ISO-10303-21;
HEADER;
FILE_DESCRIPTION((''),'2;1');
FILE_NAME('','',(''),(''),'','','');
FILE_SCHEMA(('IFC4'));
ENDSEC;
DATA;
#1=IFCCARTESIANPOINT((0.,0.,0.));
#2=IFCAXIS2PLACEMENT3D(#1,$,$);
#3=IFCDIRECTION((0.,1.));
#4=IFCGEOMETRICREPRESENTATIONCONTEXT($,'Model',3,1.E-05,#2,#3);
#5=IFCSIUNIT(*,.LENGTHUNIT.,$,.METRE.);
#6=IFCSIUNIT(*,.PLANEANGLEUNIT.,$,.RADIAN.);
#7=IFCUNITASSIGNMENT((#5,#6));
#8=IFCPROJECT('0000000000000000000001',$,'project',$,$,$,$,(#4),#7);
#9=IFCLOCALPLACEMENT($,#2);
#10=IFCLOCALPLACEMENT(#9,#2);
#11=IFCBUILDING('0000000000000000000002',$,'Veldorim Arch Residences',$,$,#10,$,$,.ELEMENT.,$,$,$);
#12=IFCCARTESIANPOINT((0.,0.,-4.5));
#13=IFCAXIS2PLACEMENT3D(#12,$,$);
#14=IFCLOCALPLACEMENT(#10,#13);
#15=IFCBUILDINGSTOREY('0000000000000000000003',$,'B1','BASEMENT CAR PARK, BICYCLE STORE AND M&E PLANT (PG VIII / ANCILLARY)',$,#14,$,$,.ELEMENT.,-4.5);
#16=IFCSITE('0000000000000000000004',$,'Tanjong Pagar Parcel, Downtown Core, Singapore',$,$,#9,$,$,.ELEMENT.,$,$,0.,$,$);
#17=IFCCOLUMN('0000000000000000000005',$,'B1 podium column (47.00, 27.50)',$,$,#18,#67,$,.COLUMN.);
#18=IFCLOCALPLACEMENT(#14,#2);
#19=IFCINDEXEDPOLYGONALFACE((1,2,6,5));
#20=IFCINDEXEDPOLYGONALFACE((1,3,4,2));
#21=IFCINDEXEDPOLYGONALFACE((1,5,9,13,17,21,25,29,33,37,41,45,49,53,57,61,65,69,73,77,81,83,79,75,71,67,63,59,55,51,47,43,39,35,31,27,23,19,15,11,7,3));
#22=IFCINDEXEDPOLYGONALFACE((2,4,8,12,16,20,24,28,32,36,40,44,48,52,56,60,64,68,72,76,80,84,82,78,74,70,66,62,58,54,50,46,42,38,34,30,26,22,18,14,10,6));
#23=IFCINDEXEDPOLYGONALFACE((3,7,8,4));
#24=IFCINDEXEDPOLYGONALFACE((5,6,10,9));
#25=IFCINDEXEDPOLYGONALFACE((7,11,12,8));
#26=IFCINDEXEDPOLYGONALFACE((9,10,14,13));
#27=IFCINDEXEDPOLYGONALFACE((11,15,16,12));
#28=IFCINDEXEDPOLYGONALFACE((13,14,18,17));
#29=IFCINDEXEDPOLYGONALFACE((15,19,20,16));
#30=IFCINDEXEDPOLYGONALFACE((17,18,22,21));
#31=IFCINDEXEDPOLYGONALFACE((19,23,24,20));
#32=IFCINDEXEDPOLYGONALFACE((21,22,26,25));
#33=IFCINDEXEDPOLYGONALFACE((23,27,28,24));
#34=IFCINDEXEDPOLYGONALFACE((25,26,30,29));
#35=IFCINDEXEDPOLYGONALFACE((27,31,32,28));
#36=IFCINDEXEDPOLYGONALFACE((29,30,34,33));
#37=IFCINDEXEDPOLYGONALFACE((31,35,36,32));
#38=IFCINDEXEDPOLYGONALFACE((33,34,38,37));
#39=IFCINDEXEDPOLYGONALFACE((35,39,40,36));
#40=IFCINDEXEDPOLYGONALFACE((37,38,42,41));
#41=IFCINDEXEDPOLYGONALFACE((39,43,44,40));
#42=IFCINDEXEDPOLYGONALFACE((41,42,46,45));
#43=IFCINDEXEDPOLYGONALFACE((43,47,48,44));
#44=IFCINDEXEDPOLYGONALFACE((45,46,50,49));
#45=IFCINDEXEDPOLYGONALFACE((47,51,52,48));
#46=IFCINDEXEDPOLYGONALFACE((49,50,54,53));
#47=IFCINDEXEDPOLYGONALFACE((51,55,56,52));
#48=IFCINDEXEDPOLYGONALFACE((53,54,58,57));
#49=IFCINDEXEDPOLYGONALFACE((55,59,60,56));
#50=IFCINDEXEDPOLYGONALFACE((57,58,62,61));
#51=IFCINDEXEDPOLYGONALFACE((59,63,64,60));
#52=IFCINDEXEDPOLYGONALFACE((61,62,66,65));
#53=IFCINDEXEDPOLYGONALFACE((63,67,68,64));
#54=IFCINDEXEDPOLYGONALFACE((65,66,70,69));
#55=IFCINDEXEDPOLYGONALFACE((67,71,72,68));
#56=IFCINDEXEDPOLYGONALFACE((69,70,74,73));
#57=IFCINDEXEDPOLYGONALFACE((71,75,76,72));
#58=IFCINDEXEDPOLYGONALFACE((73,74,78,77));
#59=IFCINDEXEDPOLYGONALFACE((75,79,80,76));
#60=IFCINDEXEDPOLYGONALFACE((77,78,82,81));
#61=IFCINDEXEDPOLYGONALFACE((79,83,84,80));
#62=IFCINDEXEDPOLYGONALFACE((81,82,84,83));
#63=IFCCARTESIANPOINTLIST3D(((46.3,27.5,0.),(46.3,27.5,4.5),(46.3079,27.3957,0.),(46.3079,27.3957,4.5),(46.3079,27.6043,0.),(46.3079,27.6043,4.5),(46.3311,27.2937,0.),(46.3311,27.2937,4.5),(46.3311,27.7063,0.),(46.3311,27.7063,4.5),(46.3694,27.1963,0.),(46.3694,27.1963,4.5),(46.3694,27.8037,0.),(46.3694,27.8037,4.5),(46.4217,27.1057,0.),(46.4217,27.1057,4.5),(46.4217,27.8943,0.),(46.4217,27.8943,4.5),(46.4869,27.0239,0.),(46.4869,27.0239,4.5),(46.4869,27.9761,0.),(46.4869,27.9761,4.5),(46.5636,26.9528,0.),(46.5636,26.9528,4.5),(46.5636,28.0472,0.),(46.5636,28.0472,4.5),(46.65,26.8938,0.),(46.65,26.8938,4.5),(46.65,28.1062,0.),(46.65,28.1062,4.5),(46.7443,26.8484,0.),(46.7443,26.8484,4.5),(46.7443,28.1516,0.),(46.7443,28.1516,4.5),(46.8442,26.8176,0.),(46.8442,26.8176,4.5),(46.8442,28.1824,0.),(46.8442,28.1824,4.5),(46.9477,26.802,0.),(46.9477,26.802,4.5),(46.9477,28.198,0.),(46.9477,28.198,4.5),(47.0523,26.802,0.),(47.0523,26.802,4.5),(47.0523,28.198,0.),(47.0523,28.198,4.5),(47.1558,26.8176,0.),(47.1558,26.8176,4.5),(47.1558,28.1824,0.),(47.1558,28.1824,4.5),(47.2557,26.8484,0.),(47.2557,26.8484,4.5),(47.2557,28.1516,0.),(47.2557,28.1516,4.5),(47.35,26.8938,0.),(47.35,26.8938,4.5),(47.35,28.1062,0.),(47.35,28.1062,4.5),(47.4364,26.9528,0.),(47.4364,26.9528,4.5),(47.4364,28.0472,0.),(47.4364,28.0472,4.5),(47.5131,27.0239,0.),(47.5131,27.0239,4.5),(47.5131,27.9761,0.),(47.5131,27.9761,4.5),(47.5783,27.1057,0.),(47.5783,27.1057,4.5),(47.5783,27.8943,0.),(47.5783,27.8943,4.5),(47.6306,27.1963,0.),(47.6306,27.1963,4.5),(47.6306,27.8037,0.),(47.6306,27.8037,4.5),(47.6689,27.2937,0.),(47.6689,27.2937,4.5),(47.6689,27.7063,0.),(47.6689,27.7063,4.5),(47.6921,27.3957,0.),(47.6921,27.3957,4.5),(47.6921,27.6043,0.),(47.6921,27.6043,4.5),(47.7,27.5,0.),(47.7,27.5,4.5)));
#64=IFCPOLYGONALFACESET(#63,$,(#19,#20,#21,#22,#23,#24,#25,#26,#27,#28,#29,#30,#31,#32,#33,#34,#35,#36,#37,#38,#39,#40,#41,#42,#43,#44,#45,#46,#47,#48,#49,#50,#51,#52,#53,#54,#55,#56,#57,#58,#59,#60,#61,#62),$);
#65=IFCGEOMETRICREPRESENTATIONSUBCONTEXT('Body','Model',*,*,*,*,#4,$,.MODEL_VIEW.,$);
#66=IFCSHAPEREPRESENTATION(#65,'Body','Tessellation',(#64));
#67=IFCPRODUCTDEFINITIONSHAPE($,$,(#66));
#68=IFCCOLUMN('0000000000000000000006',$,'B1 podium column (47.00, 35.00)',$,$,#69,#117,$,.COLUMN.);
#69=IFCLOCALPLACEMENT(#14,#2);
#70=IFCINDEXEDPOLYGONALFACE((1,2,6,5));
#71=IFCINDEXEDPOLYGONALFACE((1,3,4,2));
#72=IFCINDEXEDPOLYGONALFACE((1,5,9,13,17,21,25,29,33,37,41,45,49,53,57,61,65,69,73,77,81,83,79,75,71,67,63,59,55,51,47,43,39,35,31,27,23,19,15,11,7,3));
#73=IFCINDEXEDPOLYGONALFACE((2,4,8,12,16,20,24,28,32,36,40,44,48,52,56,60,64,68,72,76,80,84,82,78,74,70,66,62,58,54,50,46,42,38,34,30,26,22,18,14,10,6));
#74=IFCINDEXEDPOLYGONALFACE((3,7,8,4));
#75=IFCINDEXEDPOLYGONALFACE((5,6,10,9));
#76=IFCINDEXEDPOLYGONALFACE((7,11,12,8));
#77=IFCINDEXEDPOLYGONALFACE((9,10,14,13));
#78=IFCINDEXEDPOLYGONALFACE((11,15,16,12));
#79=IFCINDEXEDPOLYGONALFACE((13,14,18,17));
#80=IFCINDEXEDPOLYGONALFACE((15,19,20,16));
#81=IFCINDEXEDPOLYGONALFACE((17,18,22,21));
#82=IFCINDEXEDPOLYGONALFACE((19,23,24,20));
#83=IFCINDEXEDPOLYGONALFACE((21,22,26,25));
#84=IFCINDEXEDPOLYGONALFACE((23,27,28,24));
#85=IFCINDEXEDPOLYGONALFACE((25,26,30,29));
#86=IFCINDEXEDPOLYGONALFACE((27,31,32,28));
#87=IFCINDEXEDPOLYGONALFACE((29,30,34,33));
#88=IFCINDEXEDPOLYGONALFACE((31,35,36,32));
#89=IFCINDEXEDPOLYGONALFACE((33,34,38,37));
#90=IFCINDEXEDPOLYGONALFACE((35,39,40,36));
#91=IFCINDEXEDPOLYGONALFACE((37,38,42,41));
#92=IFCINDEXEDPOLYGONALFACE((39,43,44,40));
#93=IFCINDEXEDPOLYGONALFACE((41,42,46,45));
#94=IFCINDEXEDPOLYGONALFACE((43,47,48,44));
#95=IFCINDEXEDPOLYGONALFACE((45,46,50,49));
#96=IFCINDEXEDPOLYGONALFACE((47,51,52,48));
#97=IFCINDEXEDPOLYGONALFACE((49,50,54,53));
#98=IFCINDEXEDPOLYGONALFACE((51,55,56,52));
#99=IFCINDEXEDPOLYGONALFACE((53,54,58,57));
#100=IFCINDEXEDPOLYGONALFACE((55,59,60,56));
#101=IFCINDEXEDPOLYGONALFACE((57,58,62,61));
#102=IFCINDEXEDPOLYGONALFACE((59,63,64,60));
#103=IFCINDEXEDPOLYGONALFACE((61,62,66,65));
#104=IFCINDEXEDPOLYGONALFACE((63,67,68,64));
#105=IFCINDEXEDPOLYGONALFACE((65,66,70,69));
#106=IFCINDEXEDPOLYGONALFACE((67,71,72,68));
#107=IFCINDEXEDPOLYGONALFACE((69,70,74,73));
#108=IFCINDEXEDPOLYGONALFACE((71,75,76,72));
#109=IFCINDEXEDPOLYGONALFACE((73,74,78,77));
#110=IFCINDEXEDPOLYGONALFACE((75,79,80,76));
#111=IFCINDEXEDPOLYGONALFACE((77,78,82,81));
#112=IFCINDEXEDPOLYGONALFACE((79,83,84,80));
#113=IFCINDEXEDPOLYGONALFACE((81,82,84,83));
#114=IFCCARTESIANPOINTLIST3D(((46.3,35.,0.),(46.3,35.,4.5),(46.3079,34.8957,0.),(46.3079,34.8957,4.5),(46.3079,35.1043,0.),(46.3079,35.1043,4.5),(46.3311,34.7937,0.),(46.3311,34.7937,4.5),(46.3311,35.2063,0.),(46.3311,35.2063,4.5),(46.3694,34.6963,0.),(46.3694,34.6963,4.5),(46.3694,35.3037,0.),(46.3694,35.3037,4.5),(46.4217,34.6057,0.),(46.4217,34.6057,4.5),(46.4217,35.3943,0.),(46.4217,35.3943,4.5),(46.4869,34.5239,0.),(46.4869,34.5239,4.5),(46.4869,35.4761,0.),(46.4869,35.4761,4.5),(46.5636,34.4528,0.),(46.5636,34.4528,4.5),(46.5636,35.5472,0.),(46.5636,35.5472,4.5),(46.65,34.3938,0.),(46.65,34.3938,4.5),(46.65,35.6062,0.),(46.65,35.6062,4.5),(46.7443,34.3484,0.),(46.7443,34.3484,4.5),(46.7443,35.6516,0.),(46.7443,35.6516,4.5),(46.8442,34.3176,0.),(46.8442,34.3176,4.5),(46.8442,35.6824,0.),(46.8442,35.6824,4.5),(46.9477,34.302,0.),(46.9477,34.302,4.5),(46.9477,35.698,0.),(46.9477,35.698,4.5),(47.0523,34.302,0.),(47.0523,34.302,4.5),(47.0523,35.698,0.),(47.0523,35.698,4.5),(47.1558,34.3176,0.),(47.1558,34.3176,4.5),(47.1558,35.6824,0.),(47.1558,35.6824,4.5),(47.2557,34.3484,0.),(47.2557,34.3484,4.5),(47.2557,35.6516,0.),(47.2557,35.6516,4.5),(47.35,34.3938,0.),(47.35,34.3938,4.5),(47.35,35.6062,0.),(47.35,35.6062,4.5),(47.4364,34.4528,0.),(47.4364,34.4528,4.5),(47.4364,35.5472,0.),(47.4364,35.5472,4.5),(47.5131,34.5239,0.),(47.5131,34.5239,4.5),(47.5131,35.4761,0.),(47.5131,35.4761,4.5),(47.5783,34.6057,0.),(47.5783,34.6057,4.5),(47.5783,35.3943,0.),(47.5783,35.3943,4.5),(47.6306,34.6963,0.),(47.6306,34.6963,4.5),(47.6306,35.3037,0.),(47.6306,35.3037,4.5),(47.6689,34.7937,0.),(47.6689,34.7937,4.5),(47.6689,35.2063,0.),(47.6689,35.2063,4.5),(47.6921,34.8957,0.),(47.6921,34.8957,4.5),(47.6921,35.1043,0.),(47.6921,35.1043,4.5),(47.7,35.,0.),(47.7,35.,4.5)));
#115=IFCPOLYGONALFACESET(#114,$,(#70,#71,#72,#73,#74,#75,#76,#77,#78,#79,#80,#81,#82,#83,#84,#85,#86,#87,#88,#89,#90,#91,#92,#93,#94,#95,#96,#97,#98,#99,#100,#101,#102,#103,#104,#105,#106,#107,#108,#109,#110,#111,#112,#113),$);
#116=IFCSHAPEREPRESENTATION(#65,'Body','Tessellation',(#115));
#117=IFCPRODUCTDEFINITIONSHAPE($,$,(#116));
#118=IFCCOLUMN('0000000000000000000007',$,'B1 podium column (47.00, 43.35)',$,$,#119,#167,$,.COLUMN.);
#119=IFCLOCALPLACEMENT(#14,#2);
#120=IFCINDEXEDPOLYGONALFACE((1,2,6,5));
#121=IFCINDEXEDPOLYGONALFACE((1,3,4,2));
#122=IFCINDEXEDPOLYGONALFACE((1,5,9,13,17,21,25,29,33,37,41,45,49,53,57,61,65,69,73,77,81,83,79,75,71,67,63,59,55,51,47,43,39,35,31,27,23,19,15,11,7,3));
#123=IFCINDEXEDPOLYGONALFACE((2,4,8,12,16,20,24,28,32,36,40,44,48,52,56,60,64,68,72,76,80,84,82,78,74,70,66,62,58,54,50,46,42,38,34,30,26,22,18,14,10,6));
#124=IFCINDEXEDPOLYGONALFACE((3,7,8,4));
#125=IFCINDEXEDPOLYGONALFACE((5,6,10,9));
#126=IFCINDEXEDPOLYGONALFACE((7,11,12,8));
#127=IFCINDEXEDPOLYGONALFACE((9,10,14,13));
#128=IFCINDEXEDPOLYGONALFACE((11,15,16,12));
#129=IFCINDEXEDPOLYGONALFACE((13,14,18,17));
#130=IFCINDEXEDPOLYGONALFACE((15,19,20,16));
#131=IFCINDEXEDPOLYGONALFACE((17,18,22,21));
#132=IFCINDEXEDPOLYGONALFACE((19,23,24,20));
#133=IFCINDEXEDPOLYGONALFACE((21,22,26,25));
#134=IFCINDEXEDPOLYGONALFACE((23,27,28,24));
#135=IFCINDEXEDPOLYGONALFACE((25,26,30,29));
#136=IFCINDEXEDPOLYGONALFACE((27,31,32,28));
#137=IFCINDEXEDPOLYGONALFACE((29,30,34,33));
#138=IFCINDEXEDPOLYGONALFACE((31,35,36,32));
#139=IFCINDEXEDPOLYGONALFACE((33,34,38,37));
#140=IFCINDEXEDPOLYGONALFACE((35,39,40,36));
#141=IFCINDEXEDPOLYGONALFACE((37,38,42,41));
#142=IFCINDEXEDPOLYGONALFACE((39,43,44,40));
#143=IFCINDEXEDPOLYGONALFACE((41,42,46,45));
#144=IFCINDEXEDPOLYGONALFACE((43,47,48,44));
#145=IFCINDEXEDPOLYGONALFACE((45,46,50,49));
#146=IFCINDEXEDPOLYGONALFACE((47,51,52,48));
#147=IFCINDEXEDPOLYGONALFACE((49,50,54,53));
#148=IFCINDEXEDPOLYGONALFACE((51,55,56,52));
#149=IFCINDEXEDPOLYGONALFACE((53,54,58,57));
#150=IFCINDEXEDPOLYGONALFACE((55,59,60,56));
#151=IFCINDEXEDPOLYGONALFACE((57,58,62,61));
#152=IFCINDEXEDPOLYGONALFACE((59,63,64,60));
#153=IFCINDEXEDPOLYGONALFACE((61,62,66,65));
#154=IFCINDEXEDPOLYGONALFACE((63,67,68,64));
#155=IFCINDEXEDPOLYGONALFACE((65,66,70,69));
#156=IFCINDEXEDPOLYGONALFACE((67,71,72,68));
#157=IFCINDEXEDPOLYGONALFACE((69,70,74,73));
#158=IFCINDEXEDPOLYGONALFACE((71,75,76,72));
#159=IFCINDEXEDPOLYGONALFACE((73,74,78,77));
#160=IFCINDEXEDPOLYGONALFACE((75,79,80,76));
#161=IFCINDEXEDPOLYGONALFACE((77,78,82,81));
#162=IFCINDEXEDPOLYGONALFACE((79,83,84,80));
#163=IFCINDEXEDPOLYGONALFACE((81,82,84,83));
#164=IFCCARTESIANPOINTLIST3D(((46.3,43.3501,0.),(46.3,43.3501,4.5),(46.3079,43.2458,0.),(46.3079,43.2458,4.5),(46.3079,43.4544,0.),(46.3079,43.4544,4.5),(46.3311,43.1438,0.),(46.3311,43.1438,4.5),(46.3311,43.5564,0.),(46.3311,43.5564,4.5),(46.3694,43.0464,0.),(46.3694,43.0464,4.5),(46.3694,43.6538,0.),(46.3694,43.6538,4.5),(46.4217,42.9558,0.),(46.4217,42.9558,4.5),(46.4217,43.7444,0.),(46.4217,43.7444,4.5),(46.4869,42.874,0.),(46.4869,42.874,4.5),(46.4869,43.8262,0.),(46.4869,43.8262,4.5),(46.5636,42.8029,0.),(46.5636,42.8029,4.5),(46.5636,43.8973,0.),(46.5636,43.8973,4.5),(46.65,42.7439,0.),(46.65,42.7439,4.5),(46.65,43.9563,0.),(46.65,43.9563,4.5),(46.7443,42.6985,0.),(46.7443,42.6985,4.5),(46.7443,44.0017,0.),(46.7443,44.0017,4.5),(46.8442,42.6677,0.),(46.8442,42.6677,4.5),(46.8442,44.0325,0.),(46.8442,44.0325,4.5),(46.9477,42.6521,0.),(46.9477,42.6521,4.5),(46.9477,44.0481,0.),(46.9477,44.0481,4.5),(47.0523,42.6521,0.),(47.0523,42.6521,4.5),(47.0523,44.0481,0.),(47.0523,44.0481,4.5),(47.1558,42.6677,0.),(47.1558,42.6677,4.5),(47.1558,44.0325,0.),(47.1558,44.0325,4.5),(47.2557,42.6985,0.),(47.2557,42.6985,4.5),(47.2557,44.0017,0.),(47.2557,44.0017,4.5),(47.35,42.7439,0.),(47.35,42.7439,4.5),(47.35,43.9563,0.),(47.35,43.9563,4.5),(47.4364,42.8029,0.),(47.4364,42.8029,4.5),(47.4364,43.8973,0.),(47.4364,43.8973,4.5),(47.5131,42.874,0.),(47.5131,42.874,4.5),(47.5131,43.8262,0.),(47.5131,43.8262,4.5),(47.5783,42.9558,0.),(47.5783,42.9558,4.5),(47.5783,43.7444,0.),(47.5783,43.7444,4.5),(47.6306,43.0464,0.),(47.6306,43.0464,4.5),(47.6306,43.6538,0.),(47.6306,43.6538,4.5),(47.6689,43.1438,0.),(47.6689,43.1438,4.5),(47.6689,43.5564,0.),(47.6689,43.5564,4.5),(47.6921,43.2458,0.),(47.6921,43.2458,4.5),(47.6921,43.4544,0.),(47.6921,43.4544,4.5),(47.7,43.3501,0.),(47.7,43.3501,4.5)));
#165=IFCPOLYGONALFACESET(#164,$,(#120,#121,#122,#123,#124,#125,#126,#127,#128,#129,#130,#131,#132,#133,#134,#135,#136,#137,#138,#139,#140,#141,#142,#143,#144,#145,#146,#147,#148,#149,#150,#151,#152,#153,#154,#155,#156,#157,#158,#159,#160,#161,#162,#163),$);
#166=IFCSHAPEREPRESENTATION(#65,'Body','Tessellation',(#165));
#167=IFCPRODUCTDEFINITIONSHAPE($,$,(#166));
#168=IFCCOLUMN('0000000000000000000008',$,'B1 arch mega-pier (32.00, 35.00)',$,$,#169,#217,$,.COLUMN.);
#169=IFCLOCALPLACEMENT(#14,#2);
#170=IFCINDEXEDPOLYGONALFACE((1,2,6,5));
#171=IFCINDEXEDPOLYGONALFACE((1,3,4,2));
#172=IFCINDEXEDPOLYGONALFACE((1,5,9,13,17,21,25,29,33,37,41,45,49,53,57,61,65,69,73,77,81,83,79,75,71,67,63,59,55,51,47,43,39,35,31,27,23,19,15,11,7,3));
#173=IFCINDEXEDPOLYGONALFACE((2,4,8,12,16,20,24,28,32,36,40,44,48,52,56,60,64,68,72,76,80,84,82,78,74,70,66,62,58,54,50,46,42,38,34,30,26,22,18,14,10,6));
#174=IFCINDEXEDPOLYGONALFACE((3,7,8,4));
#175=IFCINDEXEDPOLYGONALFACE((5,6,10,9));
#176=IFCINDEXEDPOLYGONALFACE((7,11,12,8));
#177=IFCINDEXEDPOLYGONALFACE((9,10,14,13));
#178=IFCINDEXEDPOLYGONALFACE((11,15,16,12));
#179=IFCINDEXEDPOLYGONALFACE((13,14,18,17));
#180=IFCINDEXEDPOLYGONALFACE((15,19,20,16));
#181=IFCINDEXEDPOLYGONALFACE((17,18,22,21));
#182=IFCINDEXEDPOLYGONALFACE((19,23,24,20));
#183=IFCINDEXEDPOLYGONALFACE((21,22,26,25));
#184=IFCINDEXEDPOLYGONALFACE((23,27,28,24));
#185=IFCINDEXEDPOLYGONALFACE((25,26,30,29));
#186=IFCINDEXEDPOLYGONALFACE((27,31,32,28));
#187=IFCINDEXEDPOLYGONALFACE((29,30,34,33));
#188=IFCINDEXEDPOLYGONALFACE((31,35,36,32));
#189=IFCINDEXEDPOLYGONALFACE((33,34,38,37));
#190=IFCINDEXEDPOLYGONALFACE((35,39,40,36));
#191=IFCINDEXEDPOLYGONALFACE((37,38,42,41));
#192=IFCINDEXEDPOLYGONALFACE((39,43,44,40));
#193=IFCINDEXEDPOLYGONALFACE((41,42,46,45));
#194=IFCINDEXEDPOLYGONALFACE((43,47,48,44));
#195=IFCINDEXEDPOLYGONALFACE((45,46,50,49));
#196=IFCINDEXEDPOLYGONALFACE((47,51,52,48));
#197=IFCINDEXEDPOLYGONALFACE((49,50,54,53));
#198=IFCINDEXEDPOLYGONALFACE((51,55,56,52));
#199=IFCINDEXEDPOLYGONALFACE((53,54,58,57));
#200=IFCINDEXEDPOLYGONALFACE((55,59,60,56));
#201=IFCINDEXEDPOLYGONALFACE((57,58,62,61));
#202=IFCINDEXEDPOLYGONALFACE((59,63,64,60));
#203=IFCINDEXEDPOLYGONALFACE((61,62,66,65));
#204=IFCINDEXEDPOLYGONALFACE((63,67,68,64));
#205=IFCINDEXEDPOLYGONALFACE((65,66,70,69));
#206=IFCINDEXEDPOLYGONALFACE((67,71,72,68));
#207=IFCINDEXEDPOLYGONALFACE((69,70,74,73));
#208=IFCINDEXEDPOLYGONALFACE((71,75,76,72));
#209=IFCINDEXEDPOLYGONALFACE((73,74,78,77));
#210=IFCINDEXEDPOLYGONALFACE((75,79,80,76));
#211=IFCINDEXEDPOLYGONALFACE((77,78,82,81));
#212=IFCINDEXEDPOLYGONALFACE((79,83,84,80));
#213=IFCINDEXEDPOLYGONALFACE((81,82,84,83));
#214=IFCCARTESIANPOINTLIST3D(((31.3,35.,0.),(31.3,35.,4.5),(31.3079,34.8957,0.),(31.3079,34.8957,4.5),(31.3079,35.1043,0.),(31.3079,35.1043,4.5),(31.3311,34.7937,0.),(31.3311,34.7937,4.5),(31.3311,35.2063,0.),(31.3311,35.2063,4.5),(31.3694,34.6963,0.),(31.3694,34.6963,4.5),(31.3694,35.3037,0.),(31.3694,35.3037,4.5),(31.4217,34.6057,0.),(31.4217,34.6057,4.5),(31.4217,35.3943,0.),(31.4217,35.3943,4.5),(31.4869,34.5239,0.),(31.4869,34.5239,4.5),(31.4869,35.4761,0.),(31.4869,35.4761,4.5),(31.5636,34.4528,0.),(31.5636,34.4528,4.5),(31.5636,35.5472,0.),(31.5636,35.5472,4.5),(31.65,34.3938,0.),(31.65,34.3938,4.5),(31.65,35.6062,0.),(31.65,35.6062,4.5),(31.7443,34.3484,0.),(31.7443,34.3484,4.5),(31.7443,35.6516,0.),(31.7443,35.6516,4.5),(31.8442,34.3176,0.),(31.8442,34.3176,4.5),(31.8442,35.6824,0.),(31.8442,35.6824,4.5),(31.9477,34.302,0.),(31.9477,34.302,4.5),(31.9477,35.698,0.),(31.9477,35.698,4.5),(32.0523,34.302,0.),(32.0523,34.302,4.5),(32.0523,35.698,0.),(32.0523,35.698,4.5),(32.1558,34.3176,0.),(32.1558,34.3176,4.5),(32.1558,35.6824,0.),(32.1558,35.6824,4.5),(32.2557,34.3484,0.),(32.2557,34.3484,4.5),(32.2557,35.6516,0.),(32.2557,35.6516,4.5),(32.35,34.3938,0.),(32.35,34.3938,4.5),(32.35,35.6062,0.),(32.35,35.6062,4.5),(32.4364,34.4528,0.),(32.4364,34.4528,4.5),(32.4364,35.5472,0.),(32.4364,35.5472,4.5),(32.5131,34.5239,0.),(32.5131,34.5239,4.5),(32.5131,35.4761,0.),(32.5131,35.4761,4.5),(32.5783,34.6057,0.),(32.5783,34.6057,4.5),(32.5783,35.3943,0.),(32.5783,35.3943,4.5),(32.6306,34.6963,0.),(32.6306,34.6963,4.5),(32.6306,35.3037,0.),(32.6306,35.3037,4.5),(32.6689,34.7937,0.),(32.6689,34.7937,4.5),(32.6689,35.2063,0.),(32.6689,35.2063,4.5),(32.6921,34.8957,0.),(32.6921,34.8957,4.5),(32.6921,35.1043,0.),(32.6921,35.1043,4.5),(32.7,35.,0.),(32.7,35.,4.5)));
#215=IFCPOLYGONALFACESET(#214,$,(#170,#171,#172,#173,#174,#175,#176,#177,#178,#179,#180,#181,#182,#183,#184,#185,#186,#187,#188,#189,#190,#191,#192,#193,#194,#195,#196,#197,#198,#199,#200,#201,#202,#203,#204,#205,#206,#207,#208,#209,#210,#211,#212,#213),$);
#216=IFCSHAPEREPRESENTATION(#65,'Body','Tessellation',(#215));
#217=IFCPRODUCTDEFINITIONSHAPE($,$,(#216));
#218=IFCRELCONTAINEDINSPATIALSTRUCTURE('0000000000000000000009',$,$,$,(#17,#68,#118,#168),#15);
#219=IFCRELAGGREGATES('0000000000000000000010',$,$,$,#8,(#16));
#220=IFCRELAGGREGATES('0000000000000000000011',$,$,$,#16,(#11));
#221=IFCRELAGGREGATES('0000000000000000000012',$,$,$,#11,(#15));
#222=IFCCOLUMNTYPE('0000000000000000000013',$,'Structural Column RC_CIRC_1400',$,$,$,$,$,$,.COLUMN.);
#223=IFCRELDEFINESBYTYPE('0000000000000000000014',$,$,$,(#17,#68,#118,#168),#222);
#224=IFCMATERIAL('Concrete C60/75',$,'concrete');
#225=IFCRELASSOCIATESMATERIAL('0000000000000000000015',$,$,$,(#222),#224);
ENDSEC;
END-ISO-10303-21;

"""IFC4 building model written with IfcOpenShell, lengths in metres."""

from ifc_helpers import new_model, si_unit, direction, frame, origin, origin_2d, place, context, subcontext, project, spatial, circle, extrude, material, material_profile, profile_set, type_object, element, save


model = new_model("IFC4")

# Units and contexts
model_context = context("Model", 3, precision=1e-05, world=origin(), true_north=direction((0.0, 1.0)))
body_context = subcontext(model_context, "Body", "Model", "MODEL_VIEW")
ifc_project = project(units=[si_unit("LENGTHUNIT", "METRE"), si_unit("PLANEANGLEUNIT", "RADIAN")], contexts=[model_context])

# Site, building, storey
site_placement = place(None, origin())
site = spatial("IfcSite", under=ifc_project, at=site_placement, Name="Tanjong Pagar Parcel, Downtown Core, Singapore", CompositionType="ELEMENT", RefElevation=0.0)
building_placement = place(site_placement, origin())
building = spatial("IfcBuilding", under=site, at=building_placement, Name="Veldorim Arch Residences", CompositionType="ELEMENT")
storey_placement = place(building_placement, frame((0.0, 0.0, -4.5)))
storey = spatial("IfcBuildingStorey", under=building, at=storey_placement, Name="B1", Description="BASEMENT CAR PARK, BICYCLE STORE AND M&E PLANT (PG VIII / ANCILLARY)", CompositionType="ELEMENT", Elevation=-4.5)

# Columns
ifc_material_1 = material(Name="Concrete C60/75", Category="concrete")
ifc_material_profile_1 = material_profile(ifc_material_1, circle(Radius=0.7, at=origin_2d()), Name="RC_CIRC_1400")
ifc_profile_set_1 = profile_set([ifc_material_profile_1], Name="Concrete C60/75")
column_type_1 = type_object("IfcColumnType", Name="Structural Column RC_CIRC_1400", PredefinedType="COLUMN", material=ifc_profile_set_1)
for number, where, z_axis, x_axis, name in (
    (1, (47.0, 27.5, 0.0), (0.0, 0.0, 1.0), (1.0, 0.0, 0.0), "B1 podium column (47.00, 27.50)"),
    (2, (47.0, 35.0, 0.0), (0.0, 0.0, 1.0), (1.0, 0.0, 0.0), "B1 podium column (47.00, 35.00)"),
    (3, (47.0, 43.3501, 0.0), (0.0, 0.0, 1.0), (1.0, 0.0, 0.0), "B1 podium column (47.00, 43.35)"),
    (4, (32.0, 35.0, 0.0), (0.0, 0.0, 1.0), (1.0, 0.0, 0.0), "B1 arch mega-pier (32.00, 35.00)"),
):
    element("IfcColumn", number, at=place(storey_placement, frame(where, z_axis=z_axis, x_axis=x_axis)), inside=storey, type_object=column_type_1, Name=name, PredefinedType="COLUMN", context=body_context, shape_type="SweptSolid", body=[
        extrude(circle(Radius=0.7, at=origin_2d()), origin(), (0.0, 0.0, 1.0), 4.5),
    ])

save(model, "model.ifc")
